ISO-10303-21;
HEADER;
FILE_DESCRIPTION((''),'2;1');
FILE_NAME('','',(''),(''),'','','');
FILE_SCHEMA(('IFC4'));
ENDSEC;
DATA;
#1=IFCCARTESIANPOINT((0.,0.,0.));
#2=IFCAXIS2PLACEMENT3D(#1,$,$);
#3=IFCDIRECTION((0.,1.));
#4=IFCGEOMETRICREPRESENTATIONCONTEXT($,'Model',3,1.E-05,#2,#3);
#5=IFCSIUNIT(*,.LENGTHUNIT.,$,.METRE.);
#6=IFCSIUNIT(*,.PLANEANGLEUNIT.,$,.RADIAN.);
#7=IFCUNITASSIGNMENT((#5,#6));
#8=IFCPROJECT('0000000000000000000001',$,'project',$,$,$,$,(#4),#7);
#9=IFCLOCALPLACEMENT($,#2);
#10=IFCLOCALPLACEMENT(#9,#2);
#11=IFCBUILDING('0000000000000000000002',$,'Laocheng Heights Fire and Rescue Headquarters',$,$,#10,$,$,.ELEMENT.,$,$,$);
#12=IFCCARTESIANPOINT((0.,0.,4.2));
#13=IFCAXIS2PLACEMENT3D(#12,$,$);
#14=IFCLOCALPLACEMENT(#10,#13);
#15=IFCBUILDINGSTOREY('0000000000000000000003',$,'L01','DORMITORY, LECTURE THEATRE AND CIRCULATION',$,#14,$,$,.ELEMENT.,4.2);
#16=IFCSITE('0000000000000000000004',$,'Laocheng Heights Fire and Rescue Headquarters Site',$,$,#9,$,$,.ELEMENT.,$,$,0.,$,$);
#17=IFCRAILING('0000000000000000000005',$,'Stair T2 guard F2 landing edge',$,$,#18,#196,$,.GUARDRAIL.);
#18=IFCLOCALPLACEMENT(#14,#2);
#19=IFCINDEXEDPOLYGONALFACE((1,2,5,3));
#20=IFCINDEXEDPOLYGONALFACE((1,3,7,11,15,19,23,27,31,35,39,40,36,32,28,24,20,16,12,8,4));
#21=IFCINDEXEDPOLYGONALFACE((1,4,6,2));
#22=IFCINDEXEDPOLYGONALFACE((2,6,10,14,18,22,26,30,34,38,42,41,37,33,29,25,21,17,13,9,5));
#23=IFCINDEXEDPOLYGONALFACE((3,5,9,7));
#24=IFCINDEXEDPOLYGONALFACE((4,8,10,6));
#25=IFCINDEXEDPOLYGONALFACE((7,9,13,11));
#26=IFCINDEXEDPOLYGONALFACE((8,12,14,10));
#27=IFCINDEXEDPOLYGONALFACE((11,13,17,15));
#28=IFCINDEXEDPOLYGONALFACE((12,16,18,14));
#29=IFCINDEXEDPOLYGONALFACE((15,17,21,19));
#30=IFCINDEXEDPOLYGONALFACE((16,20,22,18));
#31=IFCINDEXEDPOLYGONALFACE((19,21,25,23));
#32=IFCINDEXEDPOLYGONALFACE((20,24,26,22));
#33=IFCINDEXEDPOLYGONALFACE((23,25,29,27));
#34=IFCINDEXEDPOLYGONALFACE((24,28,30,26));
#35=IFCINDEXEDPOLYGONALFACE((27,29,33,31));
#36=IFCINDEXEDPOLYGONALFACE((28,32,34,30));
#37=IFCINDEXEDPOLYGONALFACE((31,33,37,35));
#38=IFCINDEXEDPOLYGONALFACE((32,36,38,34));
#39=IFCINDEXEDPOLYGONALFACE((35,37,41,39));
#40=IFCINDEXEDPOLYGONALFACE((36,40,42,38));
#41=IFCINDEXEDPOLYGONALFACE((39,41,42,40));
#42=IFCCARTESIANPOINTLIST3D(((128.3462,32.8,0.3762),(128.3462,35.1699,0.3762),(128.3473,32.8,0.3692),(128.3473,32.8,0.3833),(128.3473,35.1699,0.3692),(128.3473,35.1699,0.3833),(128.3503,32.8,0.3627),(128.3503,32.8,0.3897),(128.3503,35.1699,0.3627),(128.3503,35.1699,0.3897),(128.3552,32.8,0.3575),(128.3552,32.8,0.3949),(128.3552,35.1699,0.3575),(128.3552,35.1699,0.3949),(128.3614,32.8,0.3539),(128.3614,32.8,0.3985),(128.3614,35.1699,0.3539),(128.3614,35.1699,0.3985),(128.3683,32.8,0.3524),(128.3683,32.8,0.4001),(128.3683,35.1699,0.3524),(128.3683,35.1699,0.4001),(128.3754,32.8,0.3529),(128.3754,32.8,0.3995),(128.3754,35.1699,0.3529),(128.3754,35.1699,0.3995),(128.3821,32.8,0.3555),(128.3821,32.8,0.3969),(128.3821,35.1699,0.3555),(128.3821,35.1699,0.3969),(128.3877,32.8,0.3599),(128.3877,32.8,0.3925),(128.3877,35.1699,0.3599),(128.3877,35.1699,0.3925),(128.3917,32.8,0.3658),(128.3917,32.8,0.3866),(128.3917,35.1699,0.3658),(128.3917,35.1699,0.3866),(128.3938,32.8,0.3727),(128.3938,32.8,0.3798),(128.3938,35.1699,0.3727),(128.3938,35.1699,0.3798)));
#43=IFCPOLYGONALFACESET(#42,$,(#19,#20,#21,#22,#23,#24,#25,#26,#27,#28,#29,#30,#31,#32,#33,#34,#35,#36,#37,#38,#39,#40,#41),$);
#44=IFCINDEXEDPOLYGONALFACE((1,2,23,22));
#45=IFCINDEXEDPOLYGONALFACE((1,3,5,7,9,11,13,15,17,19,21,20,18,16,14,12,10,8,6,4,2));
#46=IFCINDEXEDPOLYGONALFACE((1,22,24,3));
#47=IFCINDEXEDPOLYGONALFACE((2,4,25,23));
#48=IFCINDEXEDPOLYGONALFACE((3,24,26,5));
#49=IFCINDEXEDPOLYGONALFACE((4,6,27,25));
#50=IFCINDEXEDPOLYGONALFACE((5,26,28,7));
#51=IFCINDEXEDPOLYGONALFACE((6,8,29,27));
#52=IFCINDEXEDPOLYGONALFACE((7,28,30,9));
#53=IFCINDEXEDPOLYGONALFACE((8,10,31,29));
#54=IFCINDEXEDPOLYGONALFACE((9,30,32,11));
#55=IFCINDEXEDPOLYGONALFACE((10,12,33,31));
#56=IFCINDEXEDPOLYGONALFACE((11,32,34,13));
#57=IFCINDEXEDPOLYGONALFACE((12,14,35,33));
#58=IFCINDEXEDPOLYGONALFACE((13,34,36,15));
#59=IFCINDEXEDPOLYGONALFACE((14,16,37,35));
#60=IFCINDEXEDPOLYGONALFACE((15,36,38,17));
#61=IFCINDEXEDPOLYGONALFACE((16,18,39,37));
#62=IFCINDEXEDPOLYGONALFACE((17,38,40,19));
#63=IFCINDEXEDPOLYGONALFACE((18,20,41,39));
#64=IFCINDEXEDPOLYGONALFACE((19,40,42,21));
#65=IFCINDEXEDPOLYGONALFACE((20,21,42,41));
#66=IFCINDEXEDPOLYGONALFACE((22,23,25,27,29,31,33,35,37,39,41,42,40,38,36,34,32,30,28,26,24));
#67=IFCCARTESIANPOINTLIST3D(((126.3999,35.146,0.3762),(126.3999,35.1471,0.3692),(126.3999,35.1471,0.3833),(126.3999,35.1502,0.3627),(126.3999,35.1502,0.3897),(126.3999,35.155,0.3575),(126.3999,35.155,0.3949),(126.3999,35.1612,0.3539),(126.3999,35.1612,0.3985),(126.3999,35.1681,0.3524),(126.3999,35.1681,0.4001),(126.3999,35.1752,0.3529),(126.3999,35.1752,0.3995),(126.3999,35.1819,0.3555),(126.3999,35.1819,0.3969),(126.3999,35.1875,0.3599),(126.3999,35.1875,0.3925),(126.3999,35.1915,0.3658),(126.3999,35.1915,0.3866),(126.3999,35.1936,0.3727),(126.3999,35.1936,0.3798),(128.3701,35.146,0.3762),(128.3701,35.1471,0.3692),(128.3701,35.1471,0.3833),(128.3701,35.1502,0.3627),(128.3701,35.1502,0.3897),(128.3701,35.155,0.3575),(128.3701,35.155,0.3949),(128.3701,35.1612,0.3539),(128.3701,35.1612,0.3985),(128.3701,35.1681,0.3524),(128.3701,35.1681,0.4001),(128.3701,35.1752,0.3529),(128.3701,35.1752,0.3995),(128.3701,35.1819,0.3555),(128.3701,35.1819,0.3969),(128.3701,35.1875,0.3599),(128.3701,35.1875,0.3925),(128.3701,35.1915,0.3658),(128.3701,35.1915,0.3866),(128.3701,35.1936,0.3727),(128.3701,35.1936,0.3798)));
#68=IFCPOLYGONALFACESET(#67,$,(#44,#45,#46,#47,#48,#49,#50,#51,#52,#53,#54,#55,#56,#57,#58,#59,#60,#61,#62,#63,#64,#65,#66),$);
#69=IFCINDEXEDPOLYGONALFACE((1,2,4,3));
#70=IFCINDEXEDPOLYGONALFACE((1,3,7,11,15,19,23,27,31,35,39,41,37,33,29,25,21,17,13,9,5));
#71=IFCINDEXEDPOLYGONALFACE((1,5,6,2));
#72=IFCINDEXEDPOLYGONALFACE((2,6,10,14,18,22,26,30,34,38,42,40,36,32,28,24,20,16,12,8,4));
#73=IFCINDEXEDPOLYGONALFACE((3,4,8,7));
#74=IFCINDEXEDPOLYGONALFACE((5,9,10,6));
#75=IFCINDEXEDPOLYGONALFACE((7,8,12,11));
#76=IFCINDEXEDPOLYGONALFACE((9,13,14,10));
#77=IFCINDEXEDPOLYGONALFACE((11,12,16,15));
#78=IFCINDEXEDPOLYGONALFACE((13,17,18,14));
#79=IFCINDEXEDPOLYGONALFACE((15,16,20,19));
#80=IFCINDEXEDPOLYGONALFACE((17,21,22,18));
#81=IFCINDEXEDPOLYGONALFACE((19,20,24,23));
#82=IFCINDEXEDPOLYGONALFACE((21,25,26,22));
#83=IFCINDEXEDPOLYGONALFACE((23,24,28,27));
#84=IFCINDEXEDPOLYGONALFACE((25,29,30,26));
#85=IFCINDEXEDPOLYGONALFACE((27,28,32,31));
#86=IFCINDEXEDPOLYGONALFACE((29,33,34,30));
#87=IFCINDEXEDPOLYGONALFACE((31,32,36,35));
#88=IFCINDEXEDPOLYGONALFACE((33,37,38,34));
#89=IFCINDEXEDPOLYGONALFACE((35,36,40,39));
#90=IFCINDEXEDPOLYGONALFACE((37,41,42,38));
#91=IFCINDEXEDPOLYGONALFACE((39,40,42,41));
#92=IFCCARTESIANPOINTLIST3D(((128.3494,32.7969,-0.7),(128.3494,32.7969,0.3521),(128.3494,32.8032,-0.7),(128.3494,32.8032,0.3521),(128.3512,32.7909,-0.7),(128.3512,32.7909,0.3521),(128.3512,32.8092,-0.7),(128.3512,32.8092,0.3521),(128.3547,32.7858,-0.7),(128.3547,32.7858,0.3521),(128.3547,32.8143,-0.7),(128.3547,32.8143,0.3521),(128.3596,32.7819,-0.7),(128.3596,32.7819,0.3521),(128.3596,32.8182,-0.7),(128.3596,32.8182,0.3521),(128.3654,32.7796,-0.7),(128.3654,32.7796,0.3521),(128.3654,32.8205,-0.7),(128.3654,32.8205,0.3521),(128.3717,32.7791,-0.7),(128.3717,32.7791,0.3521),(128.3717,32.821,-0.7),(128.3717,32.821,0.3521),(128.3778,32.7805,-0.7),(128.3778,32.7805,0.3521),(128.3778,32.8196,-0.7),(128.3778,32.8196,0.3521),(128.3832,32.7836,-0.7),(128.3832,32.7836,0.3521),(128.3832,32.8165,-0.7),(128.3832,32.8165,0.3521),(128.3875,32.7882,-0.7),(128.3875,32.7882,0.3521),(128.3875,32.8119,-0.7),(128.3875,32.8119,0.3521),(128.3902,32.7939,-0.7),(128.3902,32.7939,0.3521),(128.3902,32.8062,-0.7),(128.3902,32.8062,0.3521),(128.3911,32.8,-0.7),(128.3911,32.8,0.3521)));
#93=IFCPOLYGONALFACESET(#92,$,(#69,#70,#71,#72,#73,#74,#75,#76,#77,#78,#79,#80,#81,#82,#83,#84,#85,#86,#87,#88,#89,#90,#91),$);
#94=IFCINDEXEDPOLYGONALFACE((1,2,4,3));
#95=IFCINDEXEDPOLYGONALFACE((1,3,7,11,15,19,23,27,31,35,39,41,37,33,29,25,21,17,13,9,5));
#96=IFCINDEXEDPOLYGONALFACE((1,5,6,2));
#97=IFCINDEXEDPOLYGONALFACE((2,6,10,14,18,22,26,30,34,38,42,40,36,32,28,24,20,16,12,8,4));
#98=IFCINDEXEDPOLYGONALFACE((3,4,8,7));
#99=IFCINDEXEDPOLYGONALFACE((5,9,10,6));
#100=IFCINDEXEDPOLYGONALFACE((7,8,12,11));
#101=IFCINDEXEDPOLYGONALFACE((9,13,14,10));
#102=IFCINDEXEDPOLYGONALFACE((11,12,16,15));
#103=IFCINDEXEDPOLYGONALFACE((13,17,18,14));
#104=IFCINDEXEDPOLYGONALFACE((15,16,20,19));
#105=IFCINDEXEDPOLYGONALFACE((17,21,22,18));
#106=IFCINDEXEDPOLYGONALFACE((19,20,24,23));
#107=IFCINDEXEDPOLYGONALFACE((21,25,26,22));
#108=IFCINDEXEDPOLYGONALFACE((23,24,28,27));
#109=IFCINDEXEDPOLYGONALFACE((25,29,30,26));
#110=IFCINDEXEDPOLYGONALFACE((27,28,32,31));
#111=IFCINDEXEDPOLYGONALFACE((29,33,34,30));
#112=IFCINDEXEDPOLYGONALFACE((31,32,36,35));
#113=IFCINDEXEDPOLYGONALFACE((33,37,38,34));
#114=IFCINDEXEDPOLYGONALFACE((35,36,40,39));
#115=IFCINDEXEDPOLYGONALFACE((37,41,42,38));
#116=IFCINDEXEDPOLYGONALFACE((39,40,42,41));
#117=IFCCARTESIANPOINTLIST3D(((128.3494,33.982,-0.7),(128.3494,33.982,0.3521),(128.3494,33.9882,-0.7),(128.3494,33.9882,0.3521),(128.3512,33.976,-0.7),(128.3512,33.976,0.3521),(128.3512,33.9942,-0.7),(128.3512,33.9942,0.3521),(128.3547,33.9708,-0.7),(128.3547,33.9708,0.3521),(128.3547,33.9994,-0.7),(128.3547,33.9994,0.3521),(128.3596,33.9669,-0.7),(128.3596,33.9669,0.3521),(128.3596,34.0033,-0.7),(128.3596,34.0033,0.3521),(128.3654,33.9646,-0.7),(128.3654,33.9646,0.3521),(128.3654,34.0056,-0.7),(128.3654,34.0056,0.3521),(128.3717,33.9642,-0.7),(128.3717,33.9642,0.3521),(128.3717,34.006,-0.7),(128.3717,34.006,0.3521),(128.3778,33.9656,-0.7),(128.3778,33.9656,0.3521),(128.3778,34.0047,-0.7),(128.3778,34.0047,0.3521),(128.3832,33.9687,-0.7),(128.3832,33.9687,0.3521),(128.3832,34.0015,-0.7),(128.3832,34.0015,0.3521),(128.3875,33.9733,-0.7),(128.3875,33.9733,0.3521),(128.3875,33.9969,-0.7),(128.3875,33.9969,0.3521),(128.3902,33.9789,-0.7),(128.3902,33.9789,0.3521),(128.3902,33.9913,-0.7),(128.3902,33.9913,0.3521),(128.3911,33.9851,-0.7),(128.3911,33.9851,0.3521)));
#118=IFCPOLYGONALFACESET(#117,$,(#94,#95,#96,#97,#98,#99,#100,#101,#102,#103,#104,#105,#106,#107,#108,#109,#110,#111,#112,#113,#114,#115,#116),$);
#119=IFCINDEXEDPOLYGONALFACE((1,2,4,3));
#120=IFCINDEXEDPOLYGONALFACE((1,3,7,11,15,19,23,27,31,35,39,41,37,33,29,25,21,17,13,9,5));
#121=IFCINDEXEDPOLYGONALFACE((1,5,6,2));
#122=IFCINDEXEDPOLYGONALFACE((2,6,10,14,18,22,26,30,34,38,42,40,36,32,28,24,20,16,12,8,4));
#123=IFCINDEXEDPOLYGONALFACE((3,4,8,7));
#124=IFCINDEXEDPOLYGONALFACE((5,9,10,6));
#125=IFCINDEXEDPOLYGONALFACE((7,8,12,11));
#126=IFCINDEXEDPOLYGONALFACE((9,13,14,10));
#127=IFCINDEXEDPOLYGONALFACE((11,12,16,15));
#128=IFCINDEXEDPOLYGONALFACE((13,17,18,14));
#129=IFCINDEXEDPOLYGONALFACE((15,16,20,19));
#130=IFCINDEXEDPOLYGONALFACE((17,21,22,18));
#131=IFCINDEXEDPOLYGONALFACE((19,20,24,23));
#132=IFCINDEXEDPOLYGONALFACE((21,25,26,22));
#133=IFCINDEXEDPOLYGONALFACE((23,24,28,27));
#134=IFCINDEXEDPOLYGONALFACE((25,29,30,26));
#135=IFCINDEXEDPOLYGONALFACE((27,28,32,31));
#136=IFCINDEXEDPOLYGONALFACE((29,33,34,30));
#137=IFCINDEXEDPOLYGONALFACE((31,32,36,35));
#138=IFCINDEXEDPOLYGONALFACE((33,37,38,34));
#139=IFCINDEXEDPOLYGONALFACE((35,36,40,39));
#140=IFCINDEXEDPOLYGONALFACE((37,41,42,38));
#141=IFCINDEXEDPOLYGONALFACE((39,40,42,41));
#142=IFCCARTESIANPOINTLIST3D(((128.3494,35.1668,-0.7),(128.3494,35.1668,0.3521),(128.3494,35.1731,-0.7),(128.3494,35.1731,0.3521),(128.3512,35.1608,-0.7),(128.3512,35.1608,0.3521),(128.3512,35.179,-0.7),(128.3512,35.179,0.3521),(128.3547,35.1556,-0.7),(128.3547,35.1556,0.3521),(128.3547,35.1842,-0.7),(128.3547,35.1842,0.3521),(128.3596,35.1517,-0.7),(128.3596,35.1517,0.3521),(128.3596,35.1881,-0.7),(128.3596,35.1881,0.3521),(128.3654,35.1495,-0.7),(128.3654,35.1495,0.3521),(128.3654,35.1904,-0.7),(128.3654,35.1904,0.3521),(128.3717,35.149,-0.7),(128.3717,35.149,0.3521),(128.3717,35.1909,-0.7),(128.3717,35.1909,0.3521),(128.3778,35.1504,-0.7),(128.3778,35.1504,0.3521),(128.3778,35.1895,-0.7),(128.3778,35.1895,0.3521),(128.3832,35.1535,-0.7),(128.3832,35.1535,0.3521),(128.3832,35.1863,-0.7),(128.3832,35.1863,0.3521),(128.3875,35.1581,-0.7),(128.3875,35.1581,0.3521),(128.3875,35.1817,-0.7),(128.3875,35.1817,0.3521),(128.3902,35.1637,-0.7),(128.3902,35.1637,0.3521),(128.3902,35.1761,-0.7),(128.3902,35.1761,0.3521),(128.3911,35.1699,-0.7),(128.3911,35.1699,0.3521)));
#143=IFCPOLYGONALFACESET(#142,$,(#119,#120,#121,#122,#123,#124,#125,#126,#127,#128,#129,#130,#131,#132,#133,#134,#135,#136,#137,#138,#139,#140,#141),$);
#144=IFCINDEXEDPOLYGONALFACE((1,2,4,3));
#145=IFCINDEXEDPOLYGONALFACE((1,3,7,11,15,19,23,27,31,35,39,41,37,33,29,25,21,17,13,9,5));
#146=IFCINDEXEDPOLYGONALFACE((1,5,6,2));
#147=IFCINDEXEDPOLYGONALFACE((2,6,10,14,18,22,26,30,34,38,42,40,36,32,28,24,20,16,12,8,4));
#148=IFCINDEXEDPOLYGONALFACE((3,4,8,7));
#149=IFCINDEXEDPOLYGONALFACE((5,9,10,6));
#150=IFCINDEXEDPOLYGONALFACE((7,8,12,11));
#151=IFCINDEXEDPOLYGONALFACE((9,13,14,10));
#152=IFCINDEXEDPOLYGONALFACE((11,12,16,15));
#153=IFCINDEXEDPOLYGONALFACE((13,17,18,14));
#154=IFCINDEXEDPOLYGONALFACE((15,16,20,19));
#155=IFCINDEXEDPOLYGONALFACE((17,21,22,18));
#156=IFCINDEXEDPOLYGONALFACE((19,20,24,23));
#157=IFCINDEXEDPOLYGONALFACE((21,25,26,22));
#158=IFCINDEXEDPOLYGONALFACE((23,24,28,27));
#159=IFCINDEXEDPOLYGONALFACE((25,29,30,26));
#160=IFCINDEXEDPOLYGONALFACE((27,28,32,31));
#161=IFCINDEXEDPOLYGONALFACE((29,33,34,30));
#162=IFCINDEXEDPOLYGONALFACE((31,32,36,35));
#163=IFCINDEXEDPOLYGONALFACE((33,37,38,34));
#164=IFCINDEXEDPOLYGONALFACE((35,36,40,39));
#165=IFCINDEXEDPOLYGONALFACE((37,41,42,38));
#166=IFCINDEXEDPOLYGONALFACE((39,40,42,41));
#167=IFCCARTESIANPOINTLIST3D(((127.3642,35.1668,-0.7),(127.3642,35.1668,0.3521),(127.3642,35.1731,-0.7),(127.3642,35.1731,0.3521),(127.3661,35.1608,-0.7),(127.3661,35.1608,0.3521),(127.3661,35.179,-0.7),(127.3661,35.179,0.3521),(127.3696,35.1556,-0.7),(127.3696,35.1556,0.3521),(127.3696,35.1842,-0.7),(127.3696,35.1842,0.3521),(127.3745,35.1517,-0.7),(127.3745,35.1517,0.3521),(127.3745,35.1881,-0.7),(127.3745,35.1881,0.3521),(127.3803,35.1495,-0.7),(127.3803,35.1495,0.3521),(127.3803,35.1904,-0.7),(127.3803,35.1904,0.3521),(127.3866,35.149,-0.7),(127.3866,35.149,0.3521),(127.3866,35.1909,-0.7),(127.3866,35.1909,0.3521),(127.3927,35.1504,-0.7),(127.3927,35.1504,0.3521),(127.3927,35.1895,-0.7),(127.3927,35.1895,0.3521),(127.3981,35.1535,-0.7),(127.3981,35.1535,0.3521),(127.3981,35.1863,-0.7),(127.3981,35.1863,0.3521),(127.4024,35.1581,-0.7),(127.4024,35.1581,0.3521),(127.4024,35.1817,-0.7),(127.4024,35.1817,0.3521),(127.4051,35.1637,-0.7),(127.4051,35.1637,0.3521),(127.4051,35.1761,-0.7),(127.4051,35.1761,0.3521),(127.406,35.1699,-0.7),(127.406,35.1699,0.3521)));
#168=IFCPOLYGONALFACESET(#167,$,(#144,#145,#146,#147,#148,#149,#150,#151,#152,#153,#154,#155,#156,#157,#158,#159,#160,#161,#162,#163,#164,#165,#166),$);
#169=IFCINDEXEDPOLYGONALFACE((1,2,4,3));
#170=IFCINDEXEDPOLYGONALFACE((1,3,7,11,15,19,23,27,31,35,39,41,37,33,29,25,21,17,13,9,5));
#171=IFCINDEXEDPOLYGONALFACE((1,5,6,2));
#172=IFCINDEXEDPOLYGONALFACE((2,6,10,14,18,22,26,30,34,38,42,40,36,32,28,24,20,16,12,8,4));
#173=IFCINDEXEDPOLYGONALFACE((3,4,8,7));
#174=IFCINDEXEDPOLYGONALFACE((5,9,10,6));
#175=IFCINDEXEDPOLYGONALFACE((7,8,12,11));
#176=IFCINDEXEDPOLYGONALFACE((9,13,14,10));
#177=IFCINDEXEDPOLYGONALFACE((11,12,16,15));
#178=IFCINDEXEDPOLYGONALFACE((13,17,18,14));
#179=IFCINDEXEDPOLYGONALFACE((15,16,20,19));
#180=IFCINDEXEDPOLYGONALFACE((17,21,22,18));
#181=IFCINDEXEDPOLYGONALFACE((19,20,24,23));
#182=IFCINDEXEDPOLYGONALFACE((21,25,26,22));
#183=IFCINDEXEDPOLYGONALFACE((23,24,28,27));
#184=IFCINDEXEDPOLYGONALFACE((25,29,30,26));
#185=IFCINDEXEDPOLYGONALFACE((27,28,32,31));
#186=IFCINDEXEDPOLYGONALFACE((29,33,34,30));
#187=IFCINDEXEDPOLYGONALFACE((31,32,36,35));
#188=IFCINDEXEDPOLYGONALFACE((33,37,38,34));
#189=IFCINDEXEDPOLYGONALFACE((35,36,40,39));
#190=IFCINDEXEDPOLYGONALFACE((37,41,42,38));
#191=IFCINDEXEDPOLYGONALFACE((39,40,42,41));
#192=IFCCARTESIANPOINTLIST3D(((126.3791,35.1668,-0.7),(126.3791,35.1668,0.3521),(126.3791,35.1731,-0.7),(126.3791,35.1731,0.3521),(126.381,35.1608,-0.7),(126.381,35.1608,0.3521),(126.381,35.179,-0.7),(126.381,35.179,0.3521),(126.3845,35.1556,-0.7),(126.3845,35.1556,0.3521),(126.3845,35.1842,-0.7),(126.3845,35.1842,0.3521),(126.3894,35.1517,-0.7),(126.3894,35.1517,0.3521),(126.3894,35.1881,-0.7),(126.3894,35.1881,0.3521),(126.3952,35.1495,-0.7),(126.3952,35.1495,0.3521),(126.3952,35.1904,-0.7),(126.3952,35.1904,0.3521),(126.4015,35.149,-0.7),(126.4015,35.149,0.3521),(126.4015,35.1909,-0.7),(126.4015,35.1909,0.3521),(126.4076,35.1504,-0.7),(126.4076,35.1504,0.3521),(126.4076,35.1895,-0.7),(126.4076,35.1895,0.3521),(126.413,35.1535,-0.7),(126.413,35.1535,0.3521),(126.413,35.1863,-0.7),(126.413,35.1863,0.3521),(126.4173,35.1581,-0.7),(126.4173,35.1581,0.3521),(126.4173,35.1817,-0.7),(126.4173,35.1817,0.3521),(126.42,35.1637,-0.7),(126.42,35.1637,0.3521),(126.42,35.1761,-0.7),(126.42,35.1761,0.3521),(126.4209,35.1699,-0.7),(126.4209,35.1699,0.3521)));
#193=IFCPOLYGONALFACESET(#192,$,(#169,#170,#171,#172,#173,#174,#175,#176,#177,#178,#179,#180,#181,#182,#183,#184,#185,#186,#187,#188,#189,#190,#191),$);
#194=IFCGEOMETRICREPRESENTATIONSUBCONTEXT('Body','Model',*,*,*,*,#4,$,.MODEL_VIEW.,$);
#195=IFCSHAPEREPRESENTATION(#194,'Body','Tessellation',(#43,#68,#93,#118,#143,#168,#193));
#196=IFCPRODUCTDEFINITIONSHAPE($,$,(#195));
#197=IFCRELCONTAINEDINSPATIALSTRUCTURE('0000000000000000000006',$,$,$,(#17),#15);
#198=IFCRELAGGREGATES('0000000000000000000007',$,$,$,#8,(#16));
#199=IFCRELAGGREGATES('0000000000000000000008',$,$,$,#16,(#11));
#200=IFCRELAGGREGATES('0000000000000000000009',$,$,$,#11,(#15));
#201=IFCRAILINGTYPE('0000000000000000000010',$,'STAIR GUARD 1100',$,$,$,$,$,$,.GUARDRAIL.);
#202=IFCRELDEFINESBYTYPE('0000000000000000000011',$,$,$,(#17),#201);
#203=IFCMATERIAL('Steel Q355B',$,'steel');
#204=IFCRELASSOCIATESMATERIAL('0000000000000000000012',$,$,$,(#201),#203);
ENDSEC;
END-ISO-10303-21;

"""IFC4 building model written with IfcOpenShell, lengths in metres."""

from ifc_helpers import new_model, si_unit, direction, frame, origin, origin_2d, place, context, subcontext, project, spatial, circle, extrude, material, type_object, element, save


model = new_model("IFC4")

# Units and contexts
model_context = context("Model", 3, precision=1e-05, world=origin(), true_north=direction((0.0, 1.0)))
body_context = subcontext(model_context, "Body", "Model", "MODEL_VIEW")
ifc_project = project(units=[si_unit("LENGTHUNIT", "METRE"), si_unit("PLANEANGLEUNIT", "RADIAN")], contexts=[model_context])

# Site, building, storey
site_placement = place(None, origin())
site = spatial("IfcSite", under=ifc_project, at=site_placement, Name="Laocheng Heights Fire and Rescue Headquarters Site", CompositionType="ELEMENT", RefElevation=0.0)
building_placement = place(site_placement, origin())
building = spatial("IfcBuilding", under=site, at=building_placement, Name="Laocheng Heights Fire and Rescue Headquarters", CompositionType="ELEMENT")
storey_placement = place(building_placement, frame((0.0, 0.0, 4.2)))
storey = spatial("IfcBuildingStorey", under=building, at=storey_placement, Name="L01", Description="DORMITORY, LECTURE THEATRE AND CIRCULATION", CompositionType="ELEMENT", Elevation=4.2)

# Railing
ifc_material_1 = material(Name="Steel Q355B", Category="steel")
railing_type_1 = type_object("IfcRailingType", Name="STAIR GUARD 1100", PredefinedType="GUARDRAIL", material=ifc_material_1)
railing_1_placement = place(storey_placement, frame((128.3701, 32.8, -0.7)))
element("IfcRailing", 1, at=railing_1_placement, inside=storey, type_object=railing_type_1, Name="Stair T2 guard F2 landing edge", PredefinedType="GUARDRAIL", context=body_context, shape_type="SweptSolid", body=[
    extrude(circle(Radius=0.0239, at=origin_2d()), frame((0.0, 0.0, 1.0762), z_axis=(0.0, 1.0, 0.0), x_axis=(-1.0, 0.0, 0.0)), (0.0, 0.0, 1.0), 2.3699),
    extrude(circle(Radius=0.0239, at=origin_2d()), frame((0.0, 2.3699, 1.0762), z_axis=(-1.0, 0.0, 0.0), x_axis=(0.0, -1.0, 0.0)), (0.0, 0.0, 1.0), 1.9702),
    extrude(circle(Radius=0.021, at=origin_2d()), origin(), (0.0, 0.0, 1.0), 1.052),
    extrude(circle(Radius=0.021, at=origin_2d()), frame((0.0, 1.1851, 0.0)), (0.0, 0.0, 1.0), 1.052),
    extrude(circle(Radius=0.021, at=origin_2d()), frame((0.0, 2.3699, 0.0)), (0.0, 0.0, 1.0), 1.052),
    extrude(circle(Radius=0.021, at=origin_2d()), frame((-0.9851, 2.3699, 0.0)), (0.0, 0.0, 1.0), 1.052),
    extrude(circle(Radius=0.021, at=origin_2d()), frame((-1.9702, 2.3699, 0.0)), (0.0, 0.0, 1.0), 1.052),
])

save(model, "model.ifc")
